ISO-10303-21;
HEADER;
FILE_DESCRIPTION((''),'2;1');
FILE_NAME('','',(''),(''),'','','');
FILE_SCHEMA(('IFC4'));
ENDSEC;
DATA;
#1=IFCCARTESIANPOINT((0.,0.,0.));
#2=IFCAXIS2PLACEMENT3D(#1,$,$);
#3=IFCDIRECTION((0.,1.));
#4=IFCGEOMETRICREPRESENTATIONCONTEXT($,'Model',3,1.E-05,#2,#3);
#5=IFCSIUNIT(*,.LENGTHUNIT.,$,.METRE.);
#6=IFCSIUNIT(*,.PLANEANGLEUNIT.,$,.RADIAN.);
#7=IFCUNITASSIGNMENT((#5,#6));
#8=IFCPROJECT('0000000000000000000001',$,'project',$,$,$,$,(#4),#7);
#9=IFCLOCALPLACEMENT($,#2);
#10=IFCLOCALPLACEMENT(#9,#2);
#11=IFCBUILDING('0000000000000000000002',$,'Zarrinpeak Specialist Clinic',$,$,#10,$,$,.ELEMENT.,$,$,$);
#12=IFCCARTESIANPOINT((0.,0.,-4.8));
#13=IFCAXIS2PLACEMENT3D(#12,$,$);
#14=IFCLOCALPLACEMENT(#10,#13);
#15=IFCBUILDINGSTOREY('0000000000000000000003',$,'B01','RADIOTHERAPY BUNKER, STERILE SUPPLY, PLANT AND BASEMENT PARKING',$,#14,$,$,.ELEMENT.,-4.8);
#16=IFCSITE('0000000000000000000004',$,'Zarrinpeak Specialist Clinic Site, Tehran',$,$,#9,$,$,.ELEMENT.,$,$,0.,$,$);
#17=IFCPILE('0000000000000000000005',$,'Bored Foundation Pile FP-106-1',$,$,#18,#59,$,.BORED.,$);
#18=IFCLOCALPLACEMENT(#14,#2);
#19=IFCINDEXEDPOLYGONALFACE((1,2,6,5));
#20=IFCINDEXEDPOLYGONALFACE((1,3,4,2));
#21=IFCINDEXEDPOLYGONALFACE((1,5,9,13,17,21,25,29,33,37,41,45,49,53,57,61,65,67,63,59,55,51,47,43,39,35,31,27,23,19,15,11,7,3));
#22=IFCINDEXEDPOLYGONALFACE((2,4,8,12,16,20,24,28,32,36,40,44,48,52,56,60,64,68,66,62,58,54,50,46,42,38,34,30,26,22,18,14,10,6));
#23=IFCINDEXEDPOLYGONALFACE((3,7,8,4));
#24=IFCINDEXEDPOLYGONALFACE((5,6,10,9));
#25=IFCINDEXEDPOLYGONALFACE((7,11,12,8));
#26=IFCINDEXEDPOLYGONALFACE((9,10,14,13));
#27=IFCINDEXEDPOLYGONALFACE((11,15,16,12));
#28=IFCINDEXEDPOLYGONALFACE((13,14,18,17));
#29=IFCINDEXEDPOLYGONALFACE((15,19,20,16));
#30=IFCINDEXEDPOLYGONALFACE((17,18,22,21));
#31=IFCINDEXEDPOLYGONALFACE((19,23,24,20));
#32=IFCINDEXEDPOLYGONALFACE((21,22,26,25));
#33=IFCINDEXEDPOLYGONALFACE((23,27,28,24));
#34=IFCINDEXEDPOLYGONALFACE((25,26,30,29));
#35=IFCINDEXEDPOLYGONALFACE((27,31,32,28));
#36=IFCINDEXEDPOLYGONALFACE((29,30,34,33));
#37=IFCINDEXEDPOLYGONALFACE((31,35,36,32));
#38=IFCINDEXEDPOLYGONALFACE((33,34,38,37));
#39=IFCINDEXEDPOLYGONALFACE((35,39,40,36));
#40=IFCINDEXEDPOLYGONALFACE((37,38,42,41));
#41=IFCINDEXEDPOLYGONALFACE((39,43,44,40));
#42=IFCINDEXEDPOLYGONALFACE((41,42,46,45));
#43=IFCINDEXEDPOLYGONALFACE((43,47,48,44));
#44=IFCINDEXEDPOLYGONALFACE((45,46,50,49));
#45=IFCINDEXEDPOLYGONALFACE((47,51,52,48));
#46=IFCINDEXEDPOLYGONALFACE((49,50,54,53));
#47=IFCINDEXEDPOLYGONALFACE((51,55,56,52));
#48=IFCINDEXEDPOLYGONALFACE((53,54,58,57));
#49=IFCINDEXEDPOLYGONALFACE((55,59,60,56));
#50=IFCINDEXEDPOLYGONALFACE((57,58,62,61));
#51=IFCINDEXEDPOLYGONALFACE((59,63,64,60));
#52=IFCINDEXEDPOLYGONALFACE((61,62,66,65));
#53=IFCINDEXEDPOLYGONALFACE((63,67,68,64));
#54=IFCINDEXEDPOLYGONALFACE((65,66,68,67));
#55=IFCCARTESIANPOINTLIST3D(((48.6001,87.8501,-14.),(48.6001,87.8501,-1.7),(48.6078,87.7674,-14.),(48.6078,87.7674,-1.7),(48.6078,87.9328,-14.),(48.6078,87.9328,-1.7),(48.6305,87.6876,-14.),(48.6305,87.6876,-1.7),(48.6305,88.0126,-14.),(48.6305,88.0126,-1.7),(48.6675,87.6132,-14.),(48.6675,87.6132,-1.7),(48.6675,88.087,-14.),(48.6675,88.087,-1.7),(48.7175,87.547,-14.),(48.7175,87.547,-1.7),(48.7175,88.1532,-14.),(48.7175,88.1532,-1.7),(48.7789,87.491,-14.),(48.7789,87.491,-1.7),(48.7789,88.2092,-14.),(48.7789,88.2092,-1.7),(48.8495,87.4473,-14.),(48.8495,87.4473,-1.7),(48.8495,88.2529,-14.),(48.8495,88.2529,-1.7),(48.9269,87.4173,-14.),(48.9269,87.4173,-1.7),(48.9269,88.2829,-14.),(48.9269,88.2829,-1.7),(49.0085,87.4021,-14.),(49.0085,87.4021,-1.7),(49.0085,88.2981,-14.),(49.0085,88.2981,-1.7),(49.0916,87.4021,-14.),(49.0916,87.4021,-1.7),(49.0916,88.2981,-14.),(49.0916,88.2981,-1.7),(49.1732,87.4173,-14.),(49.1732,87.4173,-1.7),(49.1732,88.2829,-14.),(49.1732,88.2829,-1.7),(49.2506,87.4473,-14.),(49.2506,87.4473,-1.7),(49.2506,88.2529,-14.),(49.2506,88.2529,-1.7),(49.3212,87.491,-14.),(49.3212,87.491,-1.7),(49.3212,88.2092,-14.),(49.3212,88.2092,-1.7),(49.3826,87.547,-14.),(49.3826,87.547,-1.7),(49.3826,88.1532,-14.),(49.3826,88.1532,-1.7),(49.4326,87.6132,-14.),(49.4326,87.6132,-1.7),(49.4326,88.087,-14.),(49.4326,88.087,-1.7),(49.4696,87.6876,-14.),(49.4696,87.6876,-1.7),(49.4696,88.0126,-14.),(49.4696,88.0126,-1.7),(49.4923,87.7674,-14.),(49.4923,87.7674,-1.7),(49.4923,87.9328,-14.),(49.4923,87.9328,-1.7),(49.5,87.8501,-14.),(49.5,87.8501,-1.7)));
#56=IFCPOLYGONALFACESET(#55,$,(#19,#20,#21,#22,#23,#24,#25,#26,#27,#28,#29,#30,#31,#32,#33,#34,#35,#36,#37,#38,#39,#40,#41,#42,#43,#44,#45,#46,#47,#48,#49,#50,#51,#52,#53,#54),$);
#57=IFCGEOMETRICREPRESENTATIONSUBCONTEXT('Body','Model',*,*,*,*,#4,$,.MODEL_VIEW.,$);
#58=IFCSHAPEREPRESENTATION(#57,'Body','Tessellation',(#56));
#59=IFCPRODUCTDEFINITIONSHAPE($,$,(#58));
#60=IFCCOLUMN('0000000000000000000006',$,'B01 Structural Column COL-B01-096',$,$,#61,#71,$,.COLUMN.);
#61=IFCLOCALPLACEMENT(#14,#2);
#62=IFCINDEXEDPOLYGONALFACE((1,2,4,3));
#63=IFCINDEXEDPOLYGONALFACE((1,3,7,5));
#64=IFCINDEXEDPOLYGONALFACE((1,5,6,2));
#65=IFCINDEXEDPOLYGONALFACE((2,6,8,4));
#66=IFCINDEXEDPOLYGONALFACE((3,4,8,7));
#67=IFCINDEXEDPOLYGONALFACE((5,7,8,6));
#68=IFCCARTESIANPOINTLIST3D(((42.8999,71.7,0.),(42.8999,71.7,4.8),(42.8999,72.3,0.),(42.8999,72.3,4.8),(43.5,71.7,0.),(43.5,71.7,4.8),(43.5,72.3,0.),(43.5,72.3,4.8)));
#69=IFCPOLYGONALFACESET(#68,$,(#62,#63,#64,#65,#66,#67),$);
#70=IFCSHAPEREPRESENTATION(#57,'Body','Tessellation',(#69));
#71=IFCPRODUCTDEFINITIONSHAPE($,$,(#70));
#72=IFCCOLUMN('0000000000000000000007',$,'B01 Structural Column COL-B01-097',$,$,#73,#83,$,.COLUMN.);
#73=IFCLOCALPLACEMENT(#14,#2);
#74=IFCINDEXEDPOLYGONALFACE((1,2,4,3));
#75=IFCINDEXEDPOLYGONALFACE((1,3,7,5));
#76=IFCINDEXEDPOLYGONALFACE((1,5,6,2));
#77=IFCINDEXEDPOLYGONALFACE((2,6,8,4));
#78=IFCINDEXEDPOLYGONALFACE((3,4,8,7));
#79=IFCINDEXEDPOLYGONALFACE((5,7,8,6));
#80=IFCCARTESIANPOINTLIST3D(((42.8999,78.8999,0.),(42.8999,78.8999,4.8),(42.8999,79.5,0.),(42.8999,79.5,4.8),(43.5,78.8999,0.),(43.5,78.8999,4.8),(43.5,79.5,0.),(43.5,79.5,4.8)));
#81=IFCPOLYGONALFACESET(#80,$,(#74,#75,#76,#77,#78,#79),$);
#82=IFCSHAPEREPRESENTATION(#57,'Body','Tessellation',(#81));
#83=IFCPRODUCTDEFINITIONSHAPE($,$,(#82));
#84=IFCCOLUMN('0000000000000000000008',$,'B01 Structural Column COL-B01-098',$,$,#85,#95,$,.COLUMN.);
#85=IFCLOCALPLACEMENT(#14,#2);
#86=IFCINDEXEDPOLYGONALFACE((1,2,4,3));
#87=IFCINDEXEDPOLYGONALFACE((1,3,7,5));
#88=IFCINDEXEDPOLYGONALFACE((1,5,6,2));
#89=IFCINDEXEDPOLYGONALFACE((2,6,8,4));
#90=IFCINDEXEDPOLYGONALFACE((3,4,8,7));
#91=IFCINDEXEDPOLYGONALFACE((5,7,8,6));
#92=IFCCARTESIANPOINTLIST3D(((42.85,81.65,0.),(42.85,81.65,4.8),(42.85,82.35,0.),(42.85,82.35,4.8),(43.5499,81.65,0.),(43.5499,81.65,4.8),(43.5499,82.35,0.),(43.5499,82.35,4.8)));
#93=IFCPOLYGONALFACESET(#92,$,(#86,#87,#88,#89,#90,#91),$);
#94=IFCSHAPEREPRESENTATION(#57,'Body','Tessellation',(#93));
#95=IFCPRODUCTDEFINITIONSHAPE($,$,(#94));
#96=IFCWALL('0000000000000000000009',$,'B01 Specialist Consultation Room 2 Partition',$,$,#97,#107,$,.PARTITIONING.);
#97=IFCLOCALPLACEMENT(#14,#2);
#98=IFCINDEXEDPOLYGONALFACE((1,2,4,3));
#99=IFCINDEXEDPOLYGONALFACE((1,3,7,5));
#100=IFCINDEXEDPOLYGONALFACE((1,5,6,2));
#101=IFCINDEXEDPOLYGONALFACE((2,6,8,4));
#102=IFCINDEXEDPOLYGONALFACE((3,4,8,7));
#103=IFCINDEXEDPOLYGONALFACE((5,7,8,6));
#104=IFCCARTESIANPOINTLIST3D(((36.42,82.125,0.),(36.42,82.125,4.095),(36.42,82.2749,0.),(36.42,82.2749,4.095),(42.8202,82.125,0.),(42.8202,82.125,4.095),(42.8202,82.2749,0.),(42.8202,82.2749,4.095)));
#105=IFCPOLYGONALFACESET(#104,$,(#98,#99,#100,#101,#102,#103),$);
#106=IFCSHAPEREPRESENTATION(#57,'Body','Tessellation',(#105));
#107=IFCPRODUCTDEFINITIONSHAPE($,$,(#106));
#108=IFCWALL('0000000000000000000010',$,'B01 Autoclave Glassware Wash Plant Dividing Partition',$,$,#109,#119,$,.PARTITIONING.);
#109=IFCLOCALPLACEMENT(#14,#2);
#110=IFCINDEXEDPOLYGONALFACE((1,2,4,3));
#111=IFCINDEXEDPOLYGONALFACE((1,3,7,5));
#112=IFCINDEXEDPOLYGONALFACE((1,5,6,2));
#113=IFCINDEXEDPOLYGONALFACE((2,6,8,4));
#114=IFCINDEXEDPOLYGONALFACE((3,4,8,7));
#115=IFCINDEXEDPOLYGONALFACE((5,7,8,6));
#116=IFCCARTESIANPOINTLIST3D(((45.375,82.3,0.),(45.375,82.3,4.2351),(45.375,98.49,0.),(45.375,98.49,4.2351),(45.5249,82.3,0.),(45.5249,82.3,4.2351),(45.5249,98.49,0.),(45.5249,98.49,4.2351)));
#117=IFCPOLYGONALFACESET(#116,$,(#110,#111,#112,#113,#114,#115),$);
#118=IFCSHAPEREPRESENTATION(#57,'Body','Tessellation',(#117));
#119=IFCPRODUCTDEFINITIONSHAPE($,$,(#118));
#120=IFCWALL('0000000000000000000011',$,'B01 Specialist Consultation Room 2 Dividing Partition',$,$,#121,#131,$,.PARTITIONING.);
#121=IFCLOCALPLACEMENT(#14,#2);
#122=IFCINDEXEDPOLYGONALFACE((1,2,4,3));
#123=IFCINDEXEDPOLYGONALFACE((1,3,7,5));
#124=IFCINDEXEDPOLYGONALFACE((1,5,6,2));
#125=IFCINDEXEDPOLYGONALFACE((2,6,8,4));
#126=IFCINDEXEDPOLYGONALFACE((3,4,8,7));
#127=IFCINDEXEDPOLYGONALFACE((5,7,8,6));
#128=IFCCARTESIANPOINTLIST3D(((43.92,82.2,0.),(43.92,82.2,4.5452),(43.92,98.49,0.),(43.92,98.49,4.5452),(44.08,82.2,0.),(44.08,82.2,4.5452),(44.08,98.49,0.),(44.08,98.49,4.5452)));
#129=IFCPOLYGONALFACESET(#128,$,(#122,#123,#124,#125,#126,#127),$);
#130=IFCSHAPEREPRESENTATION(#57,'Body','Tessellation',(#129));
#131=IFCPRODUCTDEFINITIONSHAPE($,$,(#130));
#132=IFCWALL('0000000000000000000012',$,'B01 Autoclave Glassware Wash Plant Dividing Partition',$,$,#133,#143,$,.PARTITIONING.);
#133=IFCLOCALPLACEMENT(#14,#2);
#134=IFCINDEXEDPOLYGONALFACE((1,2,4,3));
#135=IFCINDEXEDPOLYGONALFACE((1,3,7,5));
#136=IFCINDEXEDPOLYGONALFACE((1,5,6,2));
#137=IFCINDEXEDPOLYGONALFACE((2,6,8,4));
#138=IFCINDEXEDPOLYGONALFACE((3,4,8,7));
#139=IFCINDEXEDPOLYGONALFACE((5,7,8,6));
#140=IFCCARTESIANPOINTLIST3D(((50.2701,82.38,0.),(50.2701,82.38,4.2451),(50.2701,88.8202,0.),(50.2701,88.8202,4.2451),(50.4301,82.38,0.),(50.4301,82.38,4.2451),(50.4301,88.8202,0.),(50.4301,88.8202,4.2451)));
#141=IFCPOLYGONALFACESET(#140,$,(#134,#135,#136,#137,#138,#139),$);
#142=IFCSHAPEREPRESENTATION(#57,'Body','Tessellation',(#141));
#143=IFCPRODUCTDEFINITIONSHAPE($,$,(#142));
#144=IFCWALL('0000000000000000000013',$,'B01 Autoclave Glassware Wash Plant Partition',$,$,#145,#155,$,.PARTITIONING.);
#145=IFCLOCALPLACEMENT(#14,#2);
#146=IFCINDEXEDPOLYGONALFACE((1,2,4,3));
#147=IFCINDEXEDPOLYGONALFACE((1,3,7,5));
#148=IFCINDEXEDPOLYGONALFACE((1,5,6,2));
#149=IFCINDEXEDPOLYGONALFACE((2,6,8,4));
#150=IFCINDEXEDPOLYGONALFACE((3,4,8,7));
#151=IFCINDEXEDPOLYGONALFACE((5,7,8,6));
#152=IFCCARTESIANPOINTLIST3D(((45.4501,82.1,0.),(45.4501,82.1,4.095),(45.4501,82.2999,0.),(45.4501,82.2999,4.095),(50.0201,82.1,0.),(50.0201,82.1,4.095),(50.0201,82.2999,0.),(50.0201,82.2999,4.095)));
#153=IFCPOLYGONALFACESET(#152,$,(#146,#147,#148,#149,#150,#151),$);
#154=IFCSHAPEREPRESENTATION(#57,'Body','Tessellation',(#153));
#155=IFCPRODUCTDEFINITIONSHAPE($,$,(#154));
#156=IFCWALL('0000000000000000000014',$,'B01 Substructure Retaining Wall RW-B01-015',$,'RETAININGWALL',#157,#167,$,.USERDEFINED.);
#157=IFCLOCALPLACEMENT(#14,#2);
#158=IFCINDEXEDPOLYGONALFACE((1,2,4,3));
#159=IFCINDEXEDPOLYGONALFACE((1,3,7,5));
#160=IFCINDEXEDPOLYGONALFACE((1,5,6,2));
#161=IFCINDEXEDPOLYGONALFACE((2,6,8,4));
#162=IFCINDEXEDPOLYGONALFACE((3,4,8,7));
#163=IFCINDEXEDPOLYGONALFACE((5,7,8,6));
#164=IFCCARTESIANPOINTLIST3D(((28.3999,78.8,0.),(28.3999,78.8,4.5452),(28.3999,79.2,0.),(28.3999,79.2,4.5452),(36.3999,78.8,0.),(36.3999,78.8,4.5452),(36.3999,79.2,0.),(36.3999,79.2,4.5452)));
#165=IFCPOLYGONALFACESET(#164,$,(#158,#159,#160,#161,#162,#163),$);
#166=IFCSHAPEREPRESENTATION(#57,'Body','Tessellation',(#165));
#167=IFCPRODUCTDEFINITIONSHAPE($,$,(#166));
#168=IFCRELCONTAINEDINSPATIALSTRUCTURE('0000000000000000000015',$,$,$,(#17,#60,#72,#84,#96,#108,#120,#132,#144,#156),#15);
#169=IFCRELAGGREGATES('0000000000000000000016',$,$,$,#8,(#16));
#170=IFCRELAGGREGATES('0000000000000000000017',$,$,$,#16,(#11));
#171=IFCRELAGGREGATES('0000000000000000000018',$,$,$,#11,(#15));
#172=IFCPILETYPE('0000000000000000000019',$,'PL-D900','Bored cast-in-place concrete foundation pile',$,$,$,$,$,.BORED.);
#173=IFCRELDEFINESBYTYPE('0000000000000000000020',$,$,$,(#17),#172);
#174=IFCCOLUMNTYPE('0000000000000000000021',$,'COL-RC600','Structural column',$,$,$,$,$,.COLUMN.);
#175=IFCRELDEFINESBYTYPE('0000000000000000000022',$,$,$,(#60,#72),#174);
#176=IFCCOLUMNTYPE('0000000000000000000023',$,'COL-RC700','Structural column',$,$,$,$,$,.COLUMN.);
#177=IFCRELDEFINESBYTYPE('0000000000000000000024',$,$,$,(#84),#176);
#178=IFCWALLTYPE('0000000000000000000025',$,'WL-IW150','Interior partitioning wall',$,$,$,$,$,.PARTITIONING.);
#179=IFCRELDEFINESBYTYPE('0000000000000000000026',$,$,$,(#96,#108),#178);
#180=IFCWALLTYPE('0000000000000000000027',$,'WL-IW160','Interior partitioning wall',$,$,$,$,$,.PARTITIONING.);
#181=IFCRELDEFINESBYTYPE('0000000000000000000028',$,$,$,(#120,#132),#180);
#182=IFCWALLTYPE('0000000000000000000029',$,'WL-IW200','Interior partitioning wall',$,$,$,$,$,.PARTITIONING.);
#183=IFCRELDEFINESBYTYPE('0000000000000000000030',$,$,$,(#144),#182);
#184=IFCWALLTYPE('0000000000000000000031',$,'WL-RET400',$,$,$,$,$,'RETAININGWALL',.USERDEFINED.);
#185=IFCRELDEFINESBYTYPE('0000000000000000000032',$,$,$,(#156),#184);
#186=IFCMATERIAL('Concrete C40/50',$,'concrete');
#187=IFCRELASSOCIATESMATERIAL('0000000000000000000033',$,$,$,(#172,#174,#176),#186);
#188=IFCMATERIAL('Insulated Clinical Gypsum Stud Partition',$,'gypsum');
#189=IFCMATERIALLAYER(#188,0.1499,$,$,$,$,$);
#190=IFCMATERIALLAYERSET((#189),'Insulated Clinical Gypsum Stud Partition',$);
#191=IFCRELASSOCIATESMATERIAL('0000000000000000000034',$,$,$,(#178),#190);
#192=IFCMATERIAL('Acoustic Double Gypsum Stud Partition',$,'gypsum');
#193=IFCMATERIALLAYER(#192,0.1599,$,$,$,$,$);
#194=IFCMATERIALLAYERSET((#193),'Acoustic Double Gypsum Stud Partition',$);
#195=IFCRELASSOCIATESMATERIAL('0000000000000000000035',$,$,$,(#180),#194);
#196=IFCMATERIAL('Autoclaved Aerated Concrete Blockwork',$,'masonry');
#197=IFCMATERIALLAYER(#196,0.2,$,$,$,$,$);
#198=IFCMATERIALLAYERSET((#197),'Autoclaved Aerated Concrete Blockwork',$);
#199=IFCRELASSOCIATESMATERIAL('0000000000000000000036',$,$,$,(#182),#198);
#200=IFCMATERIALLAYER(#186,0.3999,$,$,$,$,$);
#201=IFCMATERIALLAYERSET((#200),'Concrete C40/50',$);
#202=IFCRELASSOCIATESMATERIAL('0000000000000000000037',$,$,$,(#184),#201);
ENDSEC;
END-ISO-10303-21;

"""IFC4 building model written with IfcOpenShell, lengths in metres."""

from ifc_helpers import new_model, si_unit, direction, frame, frame_2d, origin, origin_2d, place, context, subcontext, project, spatial, rectangle, circle, extrude, material, layer, layer_set, material_profile, profile_set, type_object, element, save


model = new_model("IFC4")

# Units and contexts
model_context = context("Model", 3, precision=1e-05, world=origin(), true_north=direction((0.0, 1.0)))
body_context = subcontext(model_context, "Body", "Model", "MODEL_VIEW")
ifc_project = project(units=[si_unit("LENGTHUNIT", "METRE"), si_unit("PLANEANGLEUNIT", "RADIAN")], contexts=[model_context])

# Site, building, storey
site_placement = place(None, origin())
site = spatial("IfcSite", under=ifc_project, at=site_placement, Name="Zarrinpeak Specialist Clinic Site, Tehran", CompositionType="ELEMENT", RefElevation=0.0)
building_placement = place(site_placement, origin())
building = spatial("IfcBuilding", under=site, at=building_placement, Name="Zarrinpeak Specialist Clinic", CompositionType="ELEMENT")
storey_placement = place(building_placement, frame((0.0, 0.0, -4.8)))
storey = spatial("IfcBuildingStorey", under=building, at=storey_placement, Name="B01", Description="RADIOTHERAPY BUNKER, STERILE SUPPLY, PLANT AND BASEMENT PARKING", CompositionType="ELEMENT", Elevation=-4.8)

# Shared definitions
ifc_material_1 = material(Name="Concrete C40/50", Category="concrete")

# Pile
ifc_material_profile_1 = material_profile(ifc_material_1, circle(Radius=0.45, at=origin_2d()), Name="BORED PILE D900")
ifc_profile_set_1 = profile_set([ifc_material_profile_1], Name="Concrete C40/50")
pile_type = type_object("IfcPileType", Name="PL-D900", Description="Bored cast-in-place concrete foundation pile", PredefinedType="BORED", material=ifc_profile_set_1)
for number, where, z_axis, x_axis, name in (
    (1, (49.05, 87.8501, -1.7), (0.0, 0.0, -1.0), (1.0, 0.0, 0.0), "Bored Foundation Pile FP-106-1"),
):
    element("IfcPile", number, at=place(storey_placement, frame(where, z_axis=z_axis, x_axis=x_axis)), inside=storey, type_object=pile_type, Name=name, PredefinedType="BORED", context=body_context, shape_type="SweptSolid", body=[
        extrude(circle(Radius=0.45, at=origin_2d()), origin(), (0.0, 0.0, 1.0), 12.3),
    ])

# Columns
ifc_material_profile_2 = material_profile(ifc_material_1, rectangle(XDim=0.6001, YDim=0.6001, at=origin_2d()), Name="RC 600x600")
ifc_profile_set_2 = profile_set([ifc_material_profile_2], Name="Concrete C40/50")
column_type_1 = type_object("IfcColumnType", Name="COL-RC600", Description="Structural column", PredefinedType="COLUMN", material=ifc_profile_set_2)
for number, where, z_axis, x_axis, name in (
    (2, (43.2, 72.0, 0.0), (0.0, 0.0, 1.0), (1.0, 0.0, 0.0), "B01 Structural Column COL-B01-096"),
    (3, (43.2, 79.2, 0.0), (0.0, 0.0, 1.0), (1.0, 0.0, 0.0), "B01 Structural Column COL-B01-097"),
):
    element("IfcColumn", number, at=place(storey_placement, frame(where, z_axis=z_axis, x_axis=x_axis)), inside=storey, type_object=column_type_1, Name=name, PredefinedType="COLUMN", context=body_context, shape_type="SweptSolid", body=[
        extrude(rectangle(XDim=0.6001, YDim=0.6001, at=origin_2d()), origin(), (0.0, 0.0, 1.0), 4.8),
    ])
ifc_material_profile_3 = material_profile(ifc_material_1, rectangle(XDim=0.7, YDim=0.7, at=origin_2d()), Name="RC 700x700")
ifc_profile_set_3 = profile_set([ifc_material_profile_3], Name="Concrete C40/50")
column_type_2 = type_object("IfcColumnType", Name="COL-RC700", Description="Structural column", PredefinedType="COLUMN", material=ifc_profile_set_3)
column_placement = place(storey_placement, frame((43.2, 82.0, 0.0), z_axis=(0.0, 0.0, 1.0), x_axis=(1.0, 0.0, 0.0)))
element("IfcColumn", 4, at=column_placement, inside=storey, type_object=column_type_2, Name="B01 Structural Column COL-B01-098", PredefinedType="COLUMN", context=body_context, shape_type="SweptSolid", body=[
    extrude(rectangle(XDim=0.7, YDim=0.7, at=origin_2d()), origin(), (0.0, 0.0, 1.0), 4.8),
])

# Walls
ifc_material_2 = material(Name="Insulated Clinical Gypsum Stud Partition", Category="gypsum")
ifc_layer_1 = layer(ifc_material_2, 0.1499)
ifc_layer_set_1 = layer_set([ifc_layer_1], Name="Insulated Clinical Gypsum Stud Partition")
wall_type_1 = type_object("IfcWallType", Name="WL-IW150", Description="Interior partitioning wall", PredefinedType="PARTITIONING", material=ifc_layer_set_1)
wall_1_placement = place(storey_placement, frame((36.4199, 82.2, 0.0), z_axis=(0.0, 0.0, 1.0), x_axis=(1.0, 0.0, 0.0)))
element("IfcWall", 5, at=wall_1_placement, inside=storey, type_object=wall_type_1, Name="B01 Specialist Consultation Room 2 Partition", PredefinedType="PARTITIONING", context=body_context, shape_type="SweptSolid", body=[
    extrude(rectangle(XDim=6.4001, YDim=0.1499, at=frame_2d((3.2002, 0.0))), origin(), (0.0, 0.0, 1.0), 4.095),
])
wall_2_placement = place(storey_placement, frame((45.45, 82.3, 0.0), z_axis=(0.0, 0.0, 1.0), x_axis=(0.0, 1.0, 0.0)))
element("IfcWall", 6, at=wall_2_placement, inside=storey, type_object=wall_type_1, Name="B01 Autoclave Glassware Wash Plant Dividing Partition", PredefinedType="PARTITIONING", context=body_context, shape_type="SweptSolid", body=[
    extrude(rectangle(XDim=16.1899, YDim=0.1499, at=frame_2d((8.095, 0.0))), origin(), (0.0, 0.0, 1.0), 4.2351),
])
ifc_material_3 = material(Name="Acoustic Double Gypsum Stud Partition", Category="gypsum")
ifc_layer_2 = layer(ifc_material_3, 0.1599)
ifc_layer_set_2 = layer_set([ifc_layer_2], Name="Acoustic Double Gypsum Stud Partition")
wall_type_2 = type_object("IfcWallType", Name="WL-IW160", Description="Interior partitioning wall", PredefinedType="PARTITIONING", material=ifc_layer_set_2)
wall_3_placement = place(storey_placement, frame((44.0, 82.2, 0.0), z_axis=(0.0, 0.0, 1.0), x_axis=(0.0, 1.0, 0.0)))
element("IfcWall", 7, at=wall_3_placement, inside=storey, type_object=wall_type_2, Name="B01 Specialist Consultation Room 2 Dividing Partition", PredefinedType="PARTITIONING", context=body_context, shape_type="SweptSolid", body=[
    extrude(rectangle(XDim=16.29, YDim=0.1599, at=frame_2d((8.145, 0.0))), origin(), (0.0, 0.0, 1.0), 4.5452),
])
wall_4_placement = place(storey_placement, frame((50.3501, 82.3799, 0.0), z_axis=(0.0, 0.0, 1.0), x_axis=(0.0, 1.0, 0.0)))
element("IfcWall", 8, at=wall_4_placement, inside=storey, type_object=wall_type_2, Name="B01 Autoclave Glassware Wash Plant Dividing Partition", PredefinedType="PARTITIONING", context=body_context, shape_type="SweptSolid", body=[
    extrude(rectangle(XDim=6.4402, YDim=0.1599, at=frame_2d((3.2202, 0.0))), origin(), (0.0, 0.0, 1.0), 4.2451),
])
ifc_material_4 = material(Name="Autoclaved Aerated Concrete Blockwork", Category="masonry")
ifc_layer_3 = layer(ifc_material_4, 0.2)
ifc_layer_set_3 = layer_set([ifc_layer_3], Name="Autoclaved Aerated Concrete Blockwork")
wall_type_3 = type_object("IfcWallType", Name="WL-IW200", Description="Interior partitioning wall", PredefinedType="PARTITIONING", material=ifc_layer_set_3)
wall_5_placement = place(storey_placement, frame((45.45, 82.2, 0.0), z_axis=(0.0, 0.0, 1.0), x_axis=(1.0, 0.0, 0.0)))
element("IfcWall", 9, at=wall_5_placement, inside=storey, type_object=wall_type_3, Name="B01 Autoclave Glassware Wash Plant Partition", PredefinedType="PARTITIONING", context=body_context, shape_type="SweptSolid", body=[
    extrude(rectangle(XDim=4.5701, YDim=0.2, at=frame_2d((2.2852, 0.0))), origin(), (0.0, 0.0, 1.0), 4.095),
])
ifc_layer_4 = layer(ifc_material_1, 0.3999)
ifc_layer_set_4 = layer_set([ifc_layer_4], Name="Concrete C40/50")
wall_type_4 = type_object("IfcWallType", Name="WL-RET400", ElementType="RETAININGWALL", PredefinedType="USERDEFINED", material=ifc_layer_set_4)
wall_6_placement = place(storey_placement, frame((36.3999, 79.0, 0.0), z_axis=(0.0, 0.0, 1.0), x_axis=(-1.0, 0.0, 0.0)))
element("IfcWall", 10, at=wall_6_placement, inside=storey, type_object=wall_type_4, Name="B01 Substructure Retaining Wall RW-B01-015", ObjectType="RETAININGWALL", PredefinedType="USERDEFINED", context=body_context, shape_type="SweptSolid", body=[
    extrude(rectangle(XDim=8.0, YDim=0.3999, at=frame_2d((4.0, 0.0))), origin(), (0.0, 0.0, 1.0), 4.5452),
])

save(model, "model.ifc")
